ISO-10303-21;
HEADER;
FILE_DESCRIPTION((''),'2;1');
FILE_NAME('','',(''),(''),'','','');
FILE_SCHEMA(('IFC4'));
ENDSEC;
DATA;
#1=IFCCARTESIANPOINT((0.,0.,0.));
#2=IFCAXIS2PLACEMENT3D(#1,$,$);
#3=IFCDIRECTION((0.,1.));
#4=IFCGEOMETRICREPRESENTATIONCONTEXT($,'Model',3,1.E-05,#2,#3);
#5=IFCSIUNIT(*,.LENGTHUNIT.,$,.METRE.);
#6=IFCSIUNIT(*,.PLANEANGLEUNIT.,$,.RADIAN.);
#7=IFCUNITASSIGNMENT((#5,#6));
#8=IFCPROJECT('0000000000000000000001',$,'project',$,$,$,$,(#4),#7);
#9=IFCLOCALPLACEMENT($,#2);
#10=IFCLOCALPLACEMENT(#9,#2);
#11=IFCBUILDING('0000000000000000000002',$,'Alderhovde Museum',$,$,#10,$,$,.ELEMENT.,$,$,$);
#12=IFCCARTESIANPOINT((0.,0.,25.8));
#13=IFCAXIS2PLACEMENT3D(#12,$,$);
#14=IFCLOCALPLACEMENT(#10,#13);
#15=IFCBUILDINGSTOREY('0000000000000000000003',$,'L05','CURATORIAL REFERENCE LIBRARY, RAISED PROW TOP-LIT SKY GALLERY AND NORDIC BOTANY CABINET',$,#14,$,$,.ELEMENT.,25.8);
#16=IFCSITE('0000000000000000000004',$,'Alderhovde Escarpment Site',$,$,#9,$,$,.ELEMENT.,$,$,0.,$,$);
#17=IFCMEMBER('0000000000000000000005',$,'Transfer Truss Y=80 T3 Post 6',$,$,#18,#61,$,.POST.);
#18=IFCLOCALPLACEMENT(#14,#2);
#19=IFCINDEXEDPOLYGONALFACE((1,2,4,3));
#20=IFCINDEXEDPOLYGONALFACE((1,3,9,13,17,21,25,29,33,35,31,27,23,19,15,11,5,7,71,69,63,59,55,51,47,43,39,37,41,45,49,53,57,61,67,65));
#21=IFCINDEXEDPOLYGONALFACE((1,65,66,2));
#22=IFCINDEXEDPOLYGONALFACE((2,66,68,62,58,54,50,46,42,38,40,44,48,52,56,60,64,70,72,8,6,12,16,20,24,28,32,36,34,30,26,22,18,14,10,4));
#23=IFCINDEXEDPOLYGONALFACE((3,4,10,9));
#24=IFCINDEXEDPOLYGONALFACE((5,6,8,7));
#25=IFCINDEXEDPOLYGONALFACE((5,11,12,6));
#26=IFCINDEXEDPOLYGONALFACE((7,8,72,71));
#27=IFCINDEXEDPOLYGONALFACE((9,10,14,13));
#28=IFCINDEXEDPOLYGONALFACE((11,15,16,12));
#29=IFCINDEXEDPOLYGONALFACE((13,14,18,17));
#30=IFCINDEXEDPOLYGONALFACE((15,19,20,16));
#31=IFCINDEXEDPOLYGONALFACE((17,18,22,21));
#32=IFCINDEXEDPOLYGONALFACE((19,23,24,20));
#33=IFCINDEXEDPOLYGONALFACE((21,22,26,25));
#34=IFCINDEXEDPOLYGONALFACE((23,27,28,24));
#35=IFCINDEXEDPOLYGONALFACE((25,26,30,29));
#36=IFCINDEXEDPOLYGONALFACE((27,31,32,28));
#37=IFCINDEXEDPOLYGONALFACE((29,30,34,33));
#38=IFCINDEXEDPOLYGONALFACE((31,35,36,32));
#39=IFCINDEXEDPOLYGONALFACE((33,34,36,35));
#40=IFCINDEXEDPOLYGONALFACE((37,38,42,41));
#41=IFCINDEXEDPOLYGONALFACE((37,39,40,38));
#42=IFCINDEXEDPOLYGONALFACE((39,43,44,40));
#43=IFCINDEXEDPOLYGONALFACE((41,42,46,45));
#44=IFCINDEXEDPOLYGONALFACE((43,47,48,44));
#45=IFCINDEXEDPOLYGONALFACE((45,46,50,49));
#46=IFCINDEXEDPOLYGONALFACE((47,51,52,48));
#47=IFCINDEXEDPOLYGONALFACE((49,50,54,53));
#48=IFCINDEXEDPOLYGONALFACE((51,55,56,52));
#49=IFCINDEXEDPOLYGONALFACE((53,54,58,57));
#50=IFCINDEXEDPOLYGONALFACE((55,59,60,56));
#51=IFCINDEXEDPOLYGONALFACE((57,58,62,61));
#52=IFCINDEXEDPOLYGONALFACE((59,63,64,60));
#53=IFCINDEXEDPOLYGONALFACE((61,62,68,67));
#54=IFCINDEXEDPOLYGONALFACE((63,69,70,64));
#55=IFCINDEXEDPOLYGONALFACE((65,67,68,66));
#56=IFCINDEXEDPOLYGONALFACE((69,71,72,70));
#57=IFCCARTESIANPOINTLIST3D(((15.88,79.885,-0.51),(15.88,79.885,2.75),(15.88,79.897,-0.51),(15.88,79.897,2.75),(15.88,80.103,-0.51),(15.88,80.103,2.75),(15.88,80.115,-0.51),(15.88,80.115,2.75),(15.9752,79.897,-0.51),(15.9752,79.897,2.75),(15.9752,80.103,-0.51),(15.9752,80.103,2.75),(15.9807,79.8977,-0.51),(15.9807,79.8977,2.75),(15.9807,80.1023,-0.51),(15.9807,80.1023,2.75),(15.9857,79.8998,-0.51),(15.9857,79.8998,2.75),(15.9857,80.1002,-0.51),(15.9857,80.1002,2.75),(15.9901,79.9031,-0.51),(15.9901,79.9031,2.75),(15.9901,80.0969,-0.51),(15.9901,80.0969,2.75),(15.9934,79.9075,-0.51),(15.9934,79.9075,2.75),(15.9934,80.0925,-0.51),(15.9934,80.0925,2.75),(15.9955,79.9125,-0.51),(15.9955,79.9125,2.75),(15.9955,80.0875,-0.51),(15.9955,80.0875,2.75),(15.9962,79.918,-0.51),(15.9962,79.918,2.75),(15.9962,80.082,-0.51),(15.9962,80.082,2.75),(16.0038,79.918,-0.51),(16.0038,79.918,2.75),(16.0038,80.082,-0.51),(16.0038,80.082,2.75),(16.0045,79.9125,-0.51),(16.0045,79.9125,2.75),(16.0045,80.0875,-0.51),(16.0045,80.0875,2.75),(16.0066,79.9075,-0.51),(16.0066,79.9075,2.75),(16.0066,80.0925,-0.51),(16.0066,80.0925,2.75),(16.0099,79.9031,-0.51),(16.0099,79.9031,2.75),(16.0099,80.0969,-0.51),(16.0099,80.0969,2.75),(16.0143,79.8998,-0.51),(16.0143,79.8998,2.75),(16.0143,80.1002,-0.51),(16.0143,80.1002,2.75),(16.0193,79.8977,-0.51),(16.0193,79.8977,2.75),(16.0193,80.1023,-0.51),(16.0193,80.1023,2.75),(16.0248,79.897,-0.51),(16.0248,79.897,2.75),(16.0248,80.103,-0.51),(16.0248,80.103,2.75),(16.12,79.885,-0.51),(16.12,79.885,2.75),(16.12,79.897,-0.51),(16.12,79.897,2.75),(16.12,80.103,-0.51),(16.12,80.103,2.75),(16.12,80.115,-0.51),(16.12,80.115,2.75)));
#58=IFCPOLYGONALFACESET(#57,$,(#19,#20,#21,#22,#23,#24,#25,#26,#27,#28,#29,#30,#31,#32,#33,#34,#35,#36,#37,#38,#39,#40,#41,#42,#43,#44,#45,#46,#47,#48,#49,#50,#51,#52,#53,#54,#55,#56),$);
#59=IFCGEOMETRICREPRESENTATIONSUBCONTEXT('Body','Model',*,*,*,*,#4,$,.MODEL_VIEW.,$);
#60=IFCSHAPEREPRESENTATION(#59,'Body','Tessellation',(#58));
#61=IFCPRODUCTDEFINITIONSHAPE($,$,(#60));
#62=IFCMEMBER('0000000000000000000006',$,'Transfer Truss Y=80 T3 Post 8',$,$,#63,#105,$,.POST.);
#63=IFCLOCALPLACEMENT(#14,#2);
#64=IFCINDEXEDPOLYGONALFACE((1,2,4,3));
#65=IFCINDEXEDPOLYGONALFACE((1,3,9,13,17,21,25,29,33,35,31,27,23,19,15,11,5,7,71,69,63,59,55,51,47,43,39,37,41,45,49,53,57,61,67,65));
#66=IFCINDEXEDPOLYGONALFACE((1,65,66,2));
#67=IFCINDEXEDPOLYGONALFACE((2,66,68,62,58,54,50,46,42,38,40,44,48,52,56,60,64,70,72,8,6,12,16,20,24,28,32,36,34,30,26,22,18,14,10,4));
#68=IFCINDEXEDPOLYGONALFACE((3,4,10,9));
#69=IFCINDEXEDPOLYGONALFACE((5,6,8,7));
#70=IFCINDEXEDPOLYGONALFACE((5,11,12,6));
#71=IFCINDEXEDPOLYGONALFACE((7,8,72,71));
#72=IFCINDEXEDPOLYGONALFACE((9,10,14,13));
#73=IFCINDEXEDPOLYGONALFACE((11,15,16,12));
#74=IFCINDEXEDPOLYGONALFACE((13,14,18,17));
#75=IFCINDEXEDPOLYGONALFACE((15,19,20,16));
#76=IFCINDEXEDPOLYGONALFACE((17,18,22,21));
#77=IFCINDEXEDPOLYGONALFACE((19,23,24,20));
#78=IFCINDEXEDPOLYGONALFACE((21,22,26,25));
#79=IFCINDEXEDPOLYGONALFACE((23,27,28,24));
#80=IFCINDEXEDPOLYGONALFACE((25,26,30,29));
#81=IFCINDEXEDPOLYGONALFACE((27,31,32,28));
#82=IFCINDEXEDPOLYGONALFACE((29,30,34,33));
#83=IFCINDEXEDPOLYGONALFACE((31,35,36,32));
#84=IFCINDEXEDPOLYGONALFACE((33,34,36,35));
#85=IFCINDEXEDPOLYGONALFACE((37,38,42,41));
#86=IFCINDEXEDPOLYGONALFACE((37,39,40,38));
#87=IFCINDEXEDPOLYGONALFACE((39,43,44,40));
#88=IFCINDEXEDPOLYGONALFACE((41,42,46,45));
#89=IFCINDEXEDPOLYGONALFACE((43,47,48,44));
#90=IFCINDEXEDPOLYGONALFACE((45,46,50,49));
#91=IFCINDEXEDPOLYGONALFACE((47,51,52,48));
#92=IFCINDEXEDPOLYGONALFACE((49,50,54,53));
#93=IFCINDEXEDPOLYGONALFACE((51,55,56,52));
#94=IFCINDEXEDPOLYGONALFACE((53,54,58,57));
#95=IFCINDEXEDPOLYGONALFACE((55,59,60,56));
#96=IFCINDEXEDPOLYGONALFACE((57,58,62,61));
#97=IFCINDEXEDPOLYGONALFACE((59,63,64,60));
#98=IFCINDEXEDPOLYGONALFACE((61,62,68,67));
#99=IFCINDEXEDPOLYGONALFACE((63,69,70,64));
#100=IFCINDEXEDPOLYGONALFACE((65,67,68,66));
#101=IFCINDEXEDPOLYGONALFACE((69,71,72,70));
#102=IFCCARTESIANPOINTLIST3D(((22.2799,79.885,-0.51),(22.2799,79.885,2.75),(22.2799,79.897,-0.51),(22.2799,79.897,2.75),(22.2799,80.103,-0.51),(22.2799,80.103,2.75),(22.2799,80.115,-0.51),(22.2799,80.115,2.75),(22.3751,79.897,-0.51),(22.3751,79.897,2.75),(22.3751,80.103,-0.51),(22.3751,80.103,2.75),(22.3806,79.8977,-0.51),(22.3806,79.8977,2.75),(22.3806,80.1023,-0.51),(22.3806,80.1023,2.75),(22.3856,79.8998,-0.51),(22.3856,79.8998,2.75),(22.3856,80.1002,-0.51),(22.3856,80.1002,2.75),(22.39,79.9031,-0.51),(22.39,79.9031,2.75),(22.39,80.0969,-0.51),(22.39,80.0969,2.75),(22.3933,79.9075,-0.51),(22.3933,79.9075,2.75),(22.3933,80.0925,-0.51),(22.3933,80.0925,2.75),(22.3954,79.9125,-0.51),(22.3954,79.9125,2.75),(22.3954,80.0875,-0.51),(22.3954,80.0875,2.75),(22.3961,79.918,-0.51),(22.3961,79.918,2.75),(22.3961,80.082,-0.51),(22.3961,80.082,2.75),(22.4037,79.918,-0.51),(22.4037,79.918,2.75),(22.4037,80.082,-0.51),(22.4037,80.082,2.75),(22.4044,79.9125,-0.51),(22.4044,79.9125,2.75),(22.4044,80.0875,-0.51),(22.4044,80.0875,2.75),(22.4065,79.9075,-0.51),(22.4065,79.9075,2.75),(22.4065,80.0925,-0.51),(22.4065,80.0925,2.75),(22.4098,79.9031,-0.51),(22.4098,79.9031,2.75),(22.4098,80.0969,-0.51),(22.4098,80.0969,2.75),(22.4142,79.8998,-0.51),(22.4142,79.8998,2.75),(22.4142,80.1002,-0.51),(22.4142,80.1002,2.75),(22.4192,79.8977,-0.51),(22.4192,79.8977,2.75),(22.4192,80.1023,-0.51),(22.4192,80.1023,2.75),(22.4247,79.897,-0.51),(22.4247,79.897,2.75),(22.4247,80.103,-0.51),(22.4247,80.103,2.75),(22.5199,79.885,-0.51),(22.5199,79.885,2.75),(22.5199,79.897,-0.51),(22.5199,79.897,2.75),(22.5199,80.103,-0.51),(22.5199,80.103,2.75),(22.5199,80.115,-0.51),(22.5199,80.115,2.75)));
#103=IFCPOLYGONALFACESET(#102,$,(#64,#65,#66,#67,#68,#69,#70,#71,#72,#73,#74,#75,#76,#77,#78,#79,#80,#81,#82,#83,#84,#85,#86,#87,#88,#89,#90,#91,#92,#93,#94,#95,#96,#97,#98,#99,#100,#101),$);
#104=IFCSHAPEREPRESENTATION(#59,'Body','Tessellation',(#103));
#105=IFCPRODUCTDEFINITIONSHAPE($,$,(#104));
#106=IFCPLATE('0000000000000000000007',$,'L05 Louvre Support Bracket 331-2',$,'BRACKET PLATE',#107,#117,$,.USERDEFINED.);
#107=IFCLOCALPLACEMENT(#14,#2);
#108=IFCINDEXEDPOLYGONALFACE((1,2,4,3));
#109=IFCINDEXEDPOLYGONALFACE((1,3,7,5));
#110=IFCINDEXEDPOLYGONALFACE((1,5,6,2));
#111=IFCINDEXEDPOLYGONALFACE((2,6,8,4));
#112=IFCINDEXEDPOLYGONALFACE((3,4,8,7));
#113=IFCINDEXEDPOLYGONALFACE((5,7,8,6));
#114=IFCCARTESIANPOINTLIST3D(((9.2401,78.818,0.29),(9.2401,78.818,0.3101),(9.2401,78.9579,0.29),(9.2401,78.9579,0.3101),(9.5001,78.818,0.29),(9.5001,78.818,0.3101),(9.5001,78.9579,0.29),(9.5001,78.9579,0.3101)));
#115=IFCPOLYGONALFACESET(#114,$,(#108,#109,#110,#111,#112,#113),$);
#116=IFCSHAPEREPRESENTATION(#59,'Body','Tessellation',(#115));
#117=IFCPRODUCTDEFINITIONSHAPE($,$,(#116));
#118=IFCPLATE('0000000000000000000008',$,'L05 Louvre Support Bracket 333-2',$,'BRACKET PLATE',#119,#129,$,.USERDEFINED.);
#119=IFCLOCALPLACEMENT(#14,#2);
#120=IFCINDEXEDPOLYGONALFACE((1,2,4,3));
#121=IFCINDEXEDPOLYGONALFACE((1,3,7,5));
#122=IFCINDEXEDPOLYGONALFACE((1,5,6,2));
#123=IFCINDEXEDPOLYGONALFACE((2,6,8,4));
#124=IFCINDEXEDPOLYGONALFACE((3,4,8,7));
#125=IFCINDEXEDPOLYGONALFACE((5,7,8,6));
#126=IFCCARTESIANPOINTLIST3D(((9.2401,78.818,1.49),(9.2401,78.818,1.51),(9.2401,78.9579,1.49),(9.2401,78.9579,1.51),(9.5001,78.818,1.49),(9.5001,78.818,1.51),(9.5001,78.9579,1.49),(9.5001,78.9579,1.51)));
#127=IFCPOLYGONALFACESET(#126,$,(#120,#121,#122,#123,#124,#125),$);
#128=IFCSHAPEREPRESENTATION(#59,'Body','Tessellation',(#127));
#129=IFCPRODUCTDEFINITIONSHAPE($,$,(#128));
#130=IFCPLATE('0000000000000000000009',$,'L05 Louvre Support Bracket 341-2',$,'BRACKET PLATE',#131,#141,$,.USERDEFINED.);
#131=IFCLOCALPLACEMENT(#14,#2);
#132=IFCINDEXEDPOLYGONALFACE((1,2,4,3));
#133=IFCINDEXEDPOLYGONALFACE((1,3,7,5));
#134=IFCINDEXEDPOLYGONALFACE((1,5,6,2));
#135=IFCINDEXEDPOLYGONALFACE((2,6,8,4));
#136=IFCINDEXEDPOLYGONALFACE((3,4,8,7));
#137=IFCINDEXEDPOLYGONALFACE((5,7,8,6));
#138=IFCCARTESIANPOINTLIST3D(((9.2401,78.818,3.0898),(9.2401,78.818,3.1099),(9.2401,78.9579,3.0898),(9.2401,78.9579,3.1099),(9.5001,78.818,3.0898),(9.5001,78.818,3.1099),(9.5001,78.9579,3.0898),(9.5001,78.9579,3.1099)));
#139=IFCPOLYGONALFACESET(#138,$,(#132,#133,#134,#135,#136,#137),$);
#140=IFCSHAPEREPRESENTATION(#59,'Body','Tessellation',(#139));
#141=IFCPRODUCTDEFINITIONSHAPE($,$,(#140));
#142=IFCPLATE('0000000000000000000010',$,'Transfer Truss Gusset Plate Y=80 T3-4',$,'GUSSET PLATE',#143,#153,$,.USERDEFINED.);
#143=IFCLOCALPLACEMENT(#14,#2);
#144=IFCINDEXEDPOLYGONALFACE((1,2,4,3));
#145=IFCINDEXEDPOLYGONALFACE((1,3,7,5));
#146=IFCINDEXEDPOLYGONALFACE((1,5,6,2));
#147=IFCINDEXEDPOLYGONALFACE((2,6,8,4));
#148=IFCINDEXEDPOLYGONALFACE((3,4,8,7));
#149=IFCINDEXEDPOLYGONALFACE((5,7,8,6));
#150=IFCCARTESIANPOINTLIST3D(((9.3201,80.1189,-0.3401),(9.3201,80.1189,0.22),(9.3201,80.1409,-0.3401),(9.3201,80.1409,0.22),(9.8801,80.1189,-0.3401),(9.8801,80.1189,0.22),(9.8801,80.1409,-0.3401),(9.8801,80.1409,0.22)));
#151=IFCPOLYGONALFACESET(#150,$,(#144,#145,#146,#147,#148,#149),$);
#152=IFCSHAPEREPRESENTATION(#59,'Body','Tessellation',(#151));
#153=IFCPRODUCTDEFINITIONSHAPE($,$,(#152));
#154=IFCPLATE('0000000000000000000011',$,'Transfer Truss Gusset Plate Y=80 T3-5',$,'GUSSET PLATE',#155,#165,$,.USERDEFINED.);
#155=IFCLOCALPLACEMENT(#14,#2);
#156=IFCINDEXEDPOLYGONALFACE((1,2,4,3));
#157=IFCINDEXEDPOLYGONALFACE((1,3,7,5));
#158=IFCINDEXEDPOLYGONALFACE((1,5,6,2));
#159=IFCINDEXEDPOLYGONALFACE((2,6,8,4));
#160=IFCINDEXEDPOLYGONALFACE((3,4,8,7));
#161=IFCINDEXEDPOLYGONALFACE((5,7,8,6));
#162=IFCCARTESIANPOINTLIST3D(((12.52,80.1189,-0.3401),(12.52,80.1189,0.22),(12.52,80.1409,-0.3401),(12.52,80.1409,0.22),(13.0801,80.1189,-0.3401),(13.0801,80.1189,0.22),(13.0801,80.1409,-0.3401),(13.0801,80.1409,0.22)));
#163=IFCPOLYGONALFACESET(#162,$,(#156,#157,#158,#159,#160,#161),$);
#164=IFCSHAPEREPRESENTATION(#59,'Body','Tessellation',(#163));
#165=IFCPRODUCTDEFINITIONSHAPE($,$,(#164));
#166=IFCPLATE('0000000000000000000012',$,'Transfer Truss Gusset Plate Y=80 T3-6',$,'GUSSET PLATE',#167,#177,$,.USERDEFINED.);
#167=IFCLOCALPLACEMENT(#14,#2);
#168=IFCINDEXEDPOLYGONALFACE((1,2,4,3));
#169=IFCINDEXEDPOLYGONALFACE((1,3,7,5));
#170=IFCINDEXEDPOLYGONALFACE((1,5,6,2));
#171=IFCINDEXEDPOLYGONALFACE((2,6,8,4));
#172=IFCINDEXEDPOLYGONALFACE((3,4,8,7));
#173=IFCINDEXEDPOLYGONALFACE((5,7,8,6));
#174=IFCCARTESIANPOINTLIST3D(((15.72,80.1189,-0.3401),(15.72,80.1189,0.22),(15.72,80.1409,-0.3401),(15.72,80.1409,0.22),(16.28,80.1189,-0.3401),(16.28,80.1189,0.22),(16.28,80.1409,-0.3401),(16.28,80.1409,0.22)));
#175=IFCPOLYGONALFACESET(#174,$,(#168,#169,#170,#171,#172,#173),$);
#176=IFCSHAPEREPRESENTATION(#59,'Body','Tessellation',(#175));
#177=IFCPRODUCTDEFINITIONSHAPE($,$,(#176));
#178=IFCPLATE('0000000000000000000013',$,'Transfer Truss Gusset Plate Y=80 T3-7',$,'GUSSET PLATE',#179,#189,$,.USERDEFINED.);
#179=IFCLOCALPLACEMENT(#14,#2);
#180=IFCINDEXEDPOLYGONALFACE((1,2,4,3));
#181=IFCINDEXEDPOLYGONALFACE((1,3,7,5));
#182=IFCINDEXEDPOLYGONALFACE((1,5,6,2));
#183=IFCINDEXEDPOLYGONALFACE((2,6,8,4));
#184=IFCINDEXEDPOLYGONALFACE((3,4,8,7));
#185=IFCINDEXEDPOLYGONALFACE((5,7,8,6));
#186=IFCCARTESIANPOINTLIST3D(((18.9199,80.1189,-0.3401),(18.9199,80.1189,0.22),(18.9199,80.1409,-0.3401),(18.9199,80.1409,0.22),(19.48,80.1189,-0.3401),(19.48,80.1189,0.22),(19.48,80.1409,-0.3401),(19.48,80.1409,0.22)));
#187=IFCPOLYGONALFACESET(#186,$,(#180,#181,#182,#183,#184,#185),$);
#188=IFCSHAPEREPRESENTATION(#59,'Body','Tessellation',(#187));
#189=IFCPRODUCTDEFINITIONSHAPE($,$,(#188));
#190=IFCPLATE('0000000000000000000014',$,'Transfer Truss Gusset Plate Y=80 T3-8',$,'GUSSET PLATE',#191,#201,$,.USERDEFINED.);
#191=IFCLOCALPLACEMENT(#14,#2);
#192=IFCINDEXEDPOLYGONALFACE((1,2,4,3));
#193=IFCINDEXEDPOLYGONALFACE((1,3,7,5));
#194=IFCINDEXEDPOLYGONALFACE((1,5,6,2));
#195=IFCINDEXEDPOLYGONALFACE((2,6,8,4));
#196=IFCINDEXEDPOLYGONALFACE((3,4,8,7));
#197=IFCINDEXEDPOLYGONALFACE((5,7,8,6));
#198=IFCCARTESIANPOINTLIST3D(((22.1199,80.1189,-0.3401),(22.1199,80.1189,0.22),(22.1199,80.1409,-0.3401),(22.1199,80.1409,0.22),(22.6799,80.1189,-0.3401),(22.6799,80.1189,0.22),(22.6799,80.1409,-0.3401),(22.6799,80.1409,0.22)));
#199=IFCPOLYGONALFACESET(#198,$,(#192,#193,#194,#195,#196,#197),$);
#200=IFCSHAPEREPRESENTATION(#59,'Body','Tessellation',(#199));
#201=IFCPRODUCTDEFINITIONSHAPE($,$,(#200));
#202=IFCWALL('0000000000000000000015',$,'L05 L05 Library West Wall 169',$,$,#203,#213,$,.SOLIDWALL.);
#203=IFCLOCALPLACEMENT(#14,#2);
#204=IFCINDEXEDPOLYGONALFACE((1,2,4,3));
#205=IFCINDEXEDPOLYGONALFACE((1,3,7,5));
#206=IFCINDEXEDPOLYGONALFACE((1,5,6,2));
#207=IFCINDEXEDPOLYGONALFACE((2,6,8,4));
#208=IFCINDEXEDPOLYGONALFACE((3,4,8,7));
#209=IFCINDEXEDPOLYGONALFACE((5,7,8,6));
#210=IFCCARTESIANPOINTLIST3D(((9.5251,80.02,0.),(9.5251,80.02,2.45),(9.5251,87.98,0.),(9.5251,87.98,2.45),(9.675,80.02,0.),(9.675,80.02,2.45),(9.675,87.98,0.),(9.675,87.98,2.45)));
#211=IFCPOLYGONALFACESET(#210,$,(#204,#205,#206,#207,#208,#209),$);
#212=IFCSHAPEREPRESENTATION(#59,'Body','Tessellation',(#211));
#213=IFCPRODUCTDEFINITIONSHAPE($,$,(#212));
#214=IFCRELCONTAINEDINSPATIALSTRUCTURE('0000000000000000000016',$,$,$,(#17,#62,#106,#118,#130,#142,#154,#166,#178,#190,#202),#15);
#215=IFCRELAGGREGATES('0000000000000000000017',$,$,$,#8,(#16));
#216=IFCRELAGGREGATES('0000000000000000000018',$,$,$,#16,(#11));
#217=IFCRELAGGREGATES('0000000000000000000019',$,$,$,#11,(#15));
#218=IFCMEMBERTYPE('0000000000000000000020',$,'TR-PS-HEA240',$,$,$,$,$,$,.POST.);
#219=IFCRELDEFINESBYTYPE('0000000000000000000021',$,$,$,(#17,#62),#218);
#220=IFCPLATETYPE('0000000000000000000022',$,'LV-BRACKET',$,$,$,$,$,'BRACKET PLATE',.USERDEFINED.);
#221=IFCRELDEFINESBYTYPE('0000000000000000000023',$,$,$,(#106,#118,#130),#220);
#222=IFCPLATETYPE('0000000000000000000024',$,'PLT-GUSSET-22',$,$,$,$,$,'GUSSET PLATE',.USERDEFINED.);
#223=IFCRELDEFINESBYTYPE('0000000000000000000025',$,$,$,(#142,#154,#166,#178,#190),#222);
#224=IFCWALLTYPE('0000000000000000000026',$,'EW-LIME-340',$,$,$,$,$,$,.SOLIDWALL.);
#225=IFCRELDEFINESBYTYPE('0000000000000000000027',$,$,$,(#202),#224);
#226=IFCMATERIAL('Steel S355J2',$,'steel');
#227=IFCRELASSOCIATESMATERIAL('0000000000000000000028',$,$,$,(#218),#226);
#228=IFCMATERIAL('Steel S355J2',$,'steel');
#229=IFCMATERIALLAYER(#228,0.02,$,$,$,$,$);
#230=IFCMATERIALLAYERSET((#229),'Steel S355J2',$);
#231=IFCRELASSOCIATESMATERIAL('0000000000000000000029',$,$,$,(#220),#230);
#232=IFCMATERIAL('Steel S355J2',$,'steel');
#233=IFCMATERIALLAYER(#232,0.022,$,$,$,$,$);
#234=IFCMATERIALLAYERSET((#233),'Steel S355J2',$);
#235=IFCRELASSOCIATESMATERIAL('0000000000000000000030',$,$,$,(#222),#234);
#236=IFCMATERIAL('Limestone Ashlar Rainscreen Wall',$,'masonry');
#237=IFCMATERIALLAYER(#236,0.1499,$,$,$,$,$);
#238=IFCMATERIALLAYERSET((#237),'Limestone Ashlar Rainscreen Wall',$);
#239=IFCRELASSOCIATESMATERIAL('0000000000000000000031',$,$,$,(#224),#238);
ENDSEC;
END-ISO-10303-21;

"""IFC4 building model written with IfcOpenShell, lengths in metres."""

from ifc_helpers import new_model, si_unit, direction, frame, frame_2d, origin, origin_2d, place, context, subcontext, project, spatial, rectangle, i_section, extrude, material, layer, layer_set, material_profile, profile_set, type_object, element, save


model = new_model("IFC4")

# Units and contexts
model_context = context("Model", 3, precision=1e-05, world=origin(), true_north=direction((0.0, 1.0)))
body_context = subcontext(model_context, "Body", "Model", "MODEL_VIEW")
ifc_project = project(units=[si_unit("LENGTHUNIT", "METRE"), si_unit("PLANEANGLEUNIT", "RADIAN")], contexts=[model_context])

# Site, building, storey
site_placement = place(None, origin())
site = spatial("IfcSite", under=ifc_project, at=site_placement, Name="Alderhovde Escarpment Site", CompositionType="ELEMENT", RefElevation=0.0)
building_placement = place(site_placement, origin())
building = spatial("IfcBuilding", under=site, at=building_placement, Name="Alderhovde Museum", CompositionType="ELEMENT")
storey_placement = place(building_placement, frame((0.0, 0.0, 25.8)))
storey = spatial("IfcBuildingStorey", under=building, at=storey_placement, Name="L05", Description="CURATORIAL REFERENCE LIBRARY, RAISED PROW TOP-LIT SKY GALLERY AND NORDIC BOTANY CABINET", CompositionType="ELEMENT", Elevation=25.8)

# Members
ifc_material_1 = material(Name="Steel S355J2", Category="steel")
ifc_material_profile_1 = material_profile(ifc_material_1, i_section(OverallWidth=0.24, OverallDepth=0.23, WebThickness=0.0076, FlangeThickness=0.012, FilletRadius=0.021, at=origin_2d()), Name="HEA 240")
ifc_profile_set_1 = profile_set([ifc_material_profile_1], Name="Steel S355J2")
member_type_1 = type_object("IfcMemberType", Name="TR-PS-HEA240", PredefinedType="POST", material=ifc_profile_set_1)
for number, where, z_axis, x_axis, name in (
    (1, (16.0, 80.0, -0.51), (0.0, 0.0, 1.0), (1.0, 0.0, 0.0), "Transfer Truss Y=80 T3 Post 6"),
    (2, (22.3999, 80.0, -0.51), (0.0, 0.0, 1.0), (1.0, 0.0, 0.0), "Transfer Truss Y=80 T3 Post 8"),
):
    element("IfcMember", number, at=place(storey_placement, frame(where, z_axis=z_axis, x_axis=x_axis)), inside=storey, type_object=member_type_1, Name=name, PredefinedType="POST", context=body_context, shape_type="SweptSolid", body=[
        extrude(i_section(OverallWidth=0.24, OverallDepth=0.23, WebThickness=0.0076, FlangeThickness=0.012, FilletRadius=0.021, at=origin_2d()), origin(), (0.0, 0.0, 1.0), 3.26),
    ])

# Plates
ifc_material_2 = material(Name="Steel S355J2", Category="steel")
ifc_layer_1 = layer(ifc_material_2, 0.02)
ifc_layer_set_1 = layer_set([ifc_layer_1], Name="Steel S355J2")
plate_type_1 = type_object("IfcPlateType", Name="LV-BRACKET", ElementType="BRACKET PLATE", PredefinedType="USERDEFINED", material=ifc_layer_set_1)
for number, where, z_axis, x_axis, name in (
    (3, (9.3701, 78.8879, 0.29), (0.0, 0.0, 1.0), (0.0, 1.0, 0.0), "L05 Louvre Support Bracket 331-2"),
    (4, (9.3701, 78.8879, 1.49), (0.0, 0.0, 1.0), (0.0, 1.0, 0.0), "L05 Louvre Support Bracket 333-2"),
    (5, (9.3701, 78.8879, 3.0898), (0.0, 0.0, 1.0), (0.0, 1.0, 0.0), "L05 Louvre Support Bracket 341-2"),
):
    element("IfcPlate", number, at=place(storey_placement, frame(where, z_axis=z_axis, x_axis=x_axis)), inside=storey, type_object=plate_type_1, Name=name, ObjectType="BRACKET PLATE", PredefinedType="USERDEFINED", context=body_context, shape_type="SweptSolid", body=[
        extrude(rectangle(XDim=0.1399, YDim=0.26, at=origin_2d()), origin(), (0.0, 0.0, 1.0), 0.02),
    ])
ifc_material_3 = material(Name="Steel S355J2", Category="steel")
ifc_layer_2 = layer(ifc_material_3, 0.022)
ifc_layer_set_2 = layer_set([ifc_layer_2], Name="Steel S355J2")
plate_type_2 = type_object("IfcPlateType", Name="PLT-GUSSET-22", ElementType="GUSSET PLATE", PredefinedType="USERDEFINED", material=ifc_layer_set_2)
for number, where, z_axis, x_axis, name in (
    (6, (9.6001, 80.1299, -0.3401), (0.0, 0.0, 1.0), (1.0, 0.0, 0.0), "Transfer Truss Gusset Plate Y=80 T3-4"),
    (7, (12.8, 80.1299, -0.3401), (0.0, 0.0, 1.0), (1.0, 0.0, 0.0), "Transfer Truss Gusset Plate Y=80 T3-5"),
    (8, (16.0, 80.1299, -0.3401), (0.0, 0.0, 1.0), (1.0, 0.0, 0.0), "Transfer Truss Gusset Plate Y=80 T3-6"),
    (9, (19.2, 80.1299, -0.3401), (0.0, 0.0, 1.0), (1.0, 0.0, 0.0), "Transfer Truss Gusset Plate Y=80 T3-7"),
    (10, (22.3999, 80.1299, -0.3401), (0.0, 0.0, 1.0), (1.0, 0.0, 0.0), "Transfer Truss Gusset Plate Y=80 T3-8"),
):
    element("IfcPlate", number, at=place(storey_placement, frame(where, z_axis=z_axis, x_axis=x_axis)), inside=storey, type_object=plate_type_2, Name=name, ObjectType="GUSSET PLATE", PredefinedType="USERDEFINED", context=body_context, shape_type="SweptSolid", body=[
        extrude(rectangle(XDim=0.5601, YDim=0.022, at=origin_2d()), origin(), (0.0, 0.0, 1.0), 0.5601),
    ])

# Wall
ifc_material_4 = material(Name="Limestone Ashlar Rainscreen Wall", Category="masonry")
ifc_layer_3 = layer(ifc_material_4, 0.1499)
ifc_layer_set_3 = layer_set([ifc_layer_3], Name="Limestone Ashlar Rainscreen Wall")
wall_type_1 = type_object("IfcWallType", Name="EW-LIME-340", PredefinedType="SOLIDWALL", material=ifc_layer_set_3)
wall_1_placement = place(storey_placement, frame((9.6001, 80.02, 0.0), z_axis=(0.0, 0.0, 1.0), x_axis=(0.0, 1.0, 0.0)))
element("IfcWall", 11, at=wall_1_placement, inside=storey, type_object=wall_type_1, Name="L05 L05 Library West Wall 169", PredefinedType="SOLIDWALL", context=body_context, shape_type="SweptSolid", body=[
    extrude(rectangle(XDim=7.96, YDim=0.1499, at=frame_2d((3.98, 0.0))), origin(), (0.0, 0.0, 1.0), 2.45),
])

save(model, "model.ifc")
